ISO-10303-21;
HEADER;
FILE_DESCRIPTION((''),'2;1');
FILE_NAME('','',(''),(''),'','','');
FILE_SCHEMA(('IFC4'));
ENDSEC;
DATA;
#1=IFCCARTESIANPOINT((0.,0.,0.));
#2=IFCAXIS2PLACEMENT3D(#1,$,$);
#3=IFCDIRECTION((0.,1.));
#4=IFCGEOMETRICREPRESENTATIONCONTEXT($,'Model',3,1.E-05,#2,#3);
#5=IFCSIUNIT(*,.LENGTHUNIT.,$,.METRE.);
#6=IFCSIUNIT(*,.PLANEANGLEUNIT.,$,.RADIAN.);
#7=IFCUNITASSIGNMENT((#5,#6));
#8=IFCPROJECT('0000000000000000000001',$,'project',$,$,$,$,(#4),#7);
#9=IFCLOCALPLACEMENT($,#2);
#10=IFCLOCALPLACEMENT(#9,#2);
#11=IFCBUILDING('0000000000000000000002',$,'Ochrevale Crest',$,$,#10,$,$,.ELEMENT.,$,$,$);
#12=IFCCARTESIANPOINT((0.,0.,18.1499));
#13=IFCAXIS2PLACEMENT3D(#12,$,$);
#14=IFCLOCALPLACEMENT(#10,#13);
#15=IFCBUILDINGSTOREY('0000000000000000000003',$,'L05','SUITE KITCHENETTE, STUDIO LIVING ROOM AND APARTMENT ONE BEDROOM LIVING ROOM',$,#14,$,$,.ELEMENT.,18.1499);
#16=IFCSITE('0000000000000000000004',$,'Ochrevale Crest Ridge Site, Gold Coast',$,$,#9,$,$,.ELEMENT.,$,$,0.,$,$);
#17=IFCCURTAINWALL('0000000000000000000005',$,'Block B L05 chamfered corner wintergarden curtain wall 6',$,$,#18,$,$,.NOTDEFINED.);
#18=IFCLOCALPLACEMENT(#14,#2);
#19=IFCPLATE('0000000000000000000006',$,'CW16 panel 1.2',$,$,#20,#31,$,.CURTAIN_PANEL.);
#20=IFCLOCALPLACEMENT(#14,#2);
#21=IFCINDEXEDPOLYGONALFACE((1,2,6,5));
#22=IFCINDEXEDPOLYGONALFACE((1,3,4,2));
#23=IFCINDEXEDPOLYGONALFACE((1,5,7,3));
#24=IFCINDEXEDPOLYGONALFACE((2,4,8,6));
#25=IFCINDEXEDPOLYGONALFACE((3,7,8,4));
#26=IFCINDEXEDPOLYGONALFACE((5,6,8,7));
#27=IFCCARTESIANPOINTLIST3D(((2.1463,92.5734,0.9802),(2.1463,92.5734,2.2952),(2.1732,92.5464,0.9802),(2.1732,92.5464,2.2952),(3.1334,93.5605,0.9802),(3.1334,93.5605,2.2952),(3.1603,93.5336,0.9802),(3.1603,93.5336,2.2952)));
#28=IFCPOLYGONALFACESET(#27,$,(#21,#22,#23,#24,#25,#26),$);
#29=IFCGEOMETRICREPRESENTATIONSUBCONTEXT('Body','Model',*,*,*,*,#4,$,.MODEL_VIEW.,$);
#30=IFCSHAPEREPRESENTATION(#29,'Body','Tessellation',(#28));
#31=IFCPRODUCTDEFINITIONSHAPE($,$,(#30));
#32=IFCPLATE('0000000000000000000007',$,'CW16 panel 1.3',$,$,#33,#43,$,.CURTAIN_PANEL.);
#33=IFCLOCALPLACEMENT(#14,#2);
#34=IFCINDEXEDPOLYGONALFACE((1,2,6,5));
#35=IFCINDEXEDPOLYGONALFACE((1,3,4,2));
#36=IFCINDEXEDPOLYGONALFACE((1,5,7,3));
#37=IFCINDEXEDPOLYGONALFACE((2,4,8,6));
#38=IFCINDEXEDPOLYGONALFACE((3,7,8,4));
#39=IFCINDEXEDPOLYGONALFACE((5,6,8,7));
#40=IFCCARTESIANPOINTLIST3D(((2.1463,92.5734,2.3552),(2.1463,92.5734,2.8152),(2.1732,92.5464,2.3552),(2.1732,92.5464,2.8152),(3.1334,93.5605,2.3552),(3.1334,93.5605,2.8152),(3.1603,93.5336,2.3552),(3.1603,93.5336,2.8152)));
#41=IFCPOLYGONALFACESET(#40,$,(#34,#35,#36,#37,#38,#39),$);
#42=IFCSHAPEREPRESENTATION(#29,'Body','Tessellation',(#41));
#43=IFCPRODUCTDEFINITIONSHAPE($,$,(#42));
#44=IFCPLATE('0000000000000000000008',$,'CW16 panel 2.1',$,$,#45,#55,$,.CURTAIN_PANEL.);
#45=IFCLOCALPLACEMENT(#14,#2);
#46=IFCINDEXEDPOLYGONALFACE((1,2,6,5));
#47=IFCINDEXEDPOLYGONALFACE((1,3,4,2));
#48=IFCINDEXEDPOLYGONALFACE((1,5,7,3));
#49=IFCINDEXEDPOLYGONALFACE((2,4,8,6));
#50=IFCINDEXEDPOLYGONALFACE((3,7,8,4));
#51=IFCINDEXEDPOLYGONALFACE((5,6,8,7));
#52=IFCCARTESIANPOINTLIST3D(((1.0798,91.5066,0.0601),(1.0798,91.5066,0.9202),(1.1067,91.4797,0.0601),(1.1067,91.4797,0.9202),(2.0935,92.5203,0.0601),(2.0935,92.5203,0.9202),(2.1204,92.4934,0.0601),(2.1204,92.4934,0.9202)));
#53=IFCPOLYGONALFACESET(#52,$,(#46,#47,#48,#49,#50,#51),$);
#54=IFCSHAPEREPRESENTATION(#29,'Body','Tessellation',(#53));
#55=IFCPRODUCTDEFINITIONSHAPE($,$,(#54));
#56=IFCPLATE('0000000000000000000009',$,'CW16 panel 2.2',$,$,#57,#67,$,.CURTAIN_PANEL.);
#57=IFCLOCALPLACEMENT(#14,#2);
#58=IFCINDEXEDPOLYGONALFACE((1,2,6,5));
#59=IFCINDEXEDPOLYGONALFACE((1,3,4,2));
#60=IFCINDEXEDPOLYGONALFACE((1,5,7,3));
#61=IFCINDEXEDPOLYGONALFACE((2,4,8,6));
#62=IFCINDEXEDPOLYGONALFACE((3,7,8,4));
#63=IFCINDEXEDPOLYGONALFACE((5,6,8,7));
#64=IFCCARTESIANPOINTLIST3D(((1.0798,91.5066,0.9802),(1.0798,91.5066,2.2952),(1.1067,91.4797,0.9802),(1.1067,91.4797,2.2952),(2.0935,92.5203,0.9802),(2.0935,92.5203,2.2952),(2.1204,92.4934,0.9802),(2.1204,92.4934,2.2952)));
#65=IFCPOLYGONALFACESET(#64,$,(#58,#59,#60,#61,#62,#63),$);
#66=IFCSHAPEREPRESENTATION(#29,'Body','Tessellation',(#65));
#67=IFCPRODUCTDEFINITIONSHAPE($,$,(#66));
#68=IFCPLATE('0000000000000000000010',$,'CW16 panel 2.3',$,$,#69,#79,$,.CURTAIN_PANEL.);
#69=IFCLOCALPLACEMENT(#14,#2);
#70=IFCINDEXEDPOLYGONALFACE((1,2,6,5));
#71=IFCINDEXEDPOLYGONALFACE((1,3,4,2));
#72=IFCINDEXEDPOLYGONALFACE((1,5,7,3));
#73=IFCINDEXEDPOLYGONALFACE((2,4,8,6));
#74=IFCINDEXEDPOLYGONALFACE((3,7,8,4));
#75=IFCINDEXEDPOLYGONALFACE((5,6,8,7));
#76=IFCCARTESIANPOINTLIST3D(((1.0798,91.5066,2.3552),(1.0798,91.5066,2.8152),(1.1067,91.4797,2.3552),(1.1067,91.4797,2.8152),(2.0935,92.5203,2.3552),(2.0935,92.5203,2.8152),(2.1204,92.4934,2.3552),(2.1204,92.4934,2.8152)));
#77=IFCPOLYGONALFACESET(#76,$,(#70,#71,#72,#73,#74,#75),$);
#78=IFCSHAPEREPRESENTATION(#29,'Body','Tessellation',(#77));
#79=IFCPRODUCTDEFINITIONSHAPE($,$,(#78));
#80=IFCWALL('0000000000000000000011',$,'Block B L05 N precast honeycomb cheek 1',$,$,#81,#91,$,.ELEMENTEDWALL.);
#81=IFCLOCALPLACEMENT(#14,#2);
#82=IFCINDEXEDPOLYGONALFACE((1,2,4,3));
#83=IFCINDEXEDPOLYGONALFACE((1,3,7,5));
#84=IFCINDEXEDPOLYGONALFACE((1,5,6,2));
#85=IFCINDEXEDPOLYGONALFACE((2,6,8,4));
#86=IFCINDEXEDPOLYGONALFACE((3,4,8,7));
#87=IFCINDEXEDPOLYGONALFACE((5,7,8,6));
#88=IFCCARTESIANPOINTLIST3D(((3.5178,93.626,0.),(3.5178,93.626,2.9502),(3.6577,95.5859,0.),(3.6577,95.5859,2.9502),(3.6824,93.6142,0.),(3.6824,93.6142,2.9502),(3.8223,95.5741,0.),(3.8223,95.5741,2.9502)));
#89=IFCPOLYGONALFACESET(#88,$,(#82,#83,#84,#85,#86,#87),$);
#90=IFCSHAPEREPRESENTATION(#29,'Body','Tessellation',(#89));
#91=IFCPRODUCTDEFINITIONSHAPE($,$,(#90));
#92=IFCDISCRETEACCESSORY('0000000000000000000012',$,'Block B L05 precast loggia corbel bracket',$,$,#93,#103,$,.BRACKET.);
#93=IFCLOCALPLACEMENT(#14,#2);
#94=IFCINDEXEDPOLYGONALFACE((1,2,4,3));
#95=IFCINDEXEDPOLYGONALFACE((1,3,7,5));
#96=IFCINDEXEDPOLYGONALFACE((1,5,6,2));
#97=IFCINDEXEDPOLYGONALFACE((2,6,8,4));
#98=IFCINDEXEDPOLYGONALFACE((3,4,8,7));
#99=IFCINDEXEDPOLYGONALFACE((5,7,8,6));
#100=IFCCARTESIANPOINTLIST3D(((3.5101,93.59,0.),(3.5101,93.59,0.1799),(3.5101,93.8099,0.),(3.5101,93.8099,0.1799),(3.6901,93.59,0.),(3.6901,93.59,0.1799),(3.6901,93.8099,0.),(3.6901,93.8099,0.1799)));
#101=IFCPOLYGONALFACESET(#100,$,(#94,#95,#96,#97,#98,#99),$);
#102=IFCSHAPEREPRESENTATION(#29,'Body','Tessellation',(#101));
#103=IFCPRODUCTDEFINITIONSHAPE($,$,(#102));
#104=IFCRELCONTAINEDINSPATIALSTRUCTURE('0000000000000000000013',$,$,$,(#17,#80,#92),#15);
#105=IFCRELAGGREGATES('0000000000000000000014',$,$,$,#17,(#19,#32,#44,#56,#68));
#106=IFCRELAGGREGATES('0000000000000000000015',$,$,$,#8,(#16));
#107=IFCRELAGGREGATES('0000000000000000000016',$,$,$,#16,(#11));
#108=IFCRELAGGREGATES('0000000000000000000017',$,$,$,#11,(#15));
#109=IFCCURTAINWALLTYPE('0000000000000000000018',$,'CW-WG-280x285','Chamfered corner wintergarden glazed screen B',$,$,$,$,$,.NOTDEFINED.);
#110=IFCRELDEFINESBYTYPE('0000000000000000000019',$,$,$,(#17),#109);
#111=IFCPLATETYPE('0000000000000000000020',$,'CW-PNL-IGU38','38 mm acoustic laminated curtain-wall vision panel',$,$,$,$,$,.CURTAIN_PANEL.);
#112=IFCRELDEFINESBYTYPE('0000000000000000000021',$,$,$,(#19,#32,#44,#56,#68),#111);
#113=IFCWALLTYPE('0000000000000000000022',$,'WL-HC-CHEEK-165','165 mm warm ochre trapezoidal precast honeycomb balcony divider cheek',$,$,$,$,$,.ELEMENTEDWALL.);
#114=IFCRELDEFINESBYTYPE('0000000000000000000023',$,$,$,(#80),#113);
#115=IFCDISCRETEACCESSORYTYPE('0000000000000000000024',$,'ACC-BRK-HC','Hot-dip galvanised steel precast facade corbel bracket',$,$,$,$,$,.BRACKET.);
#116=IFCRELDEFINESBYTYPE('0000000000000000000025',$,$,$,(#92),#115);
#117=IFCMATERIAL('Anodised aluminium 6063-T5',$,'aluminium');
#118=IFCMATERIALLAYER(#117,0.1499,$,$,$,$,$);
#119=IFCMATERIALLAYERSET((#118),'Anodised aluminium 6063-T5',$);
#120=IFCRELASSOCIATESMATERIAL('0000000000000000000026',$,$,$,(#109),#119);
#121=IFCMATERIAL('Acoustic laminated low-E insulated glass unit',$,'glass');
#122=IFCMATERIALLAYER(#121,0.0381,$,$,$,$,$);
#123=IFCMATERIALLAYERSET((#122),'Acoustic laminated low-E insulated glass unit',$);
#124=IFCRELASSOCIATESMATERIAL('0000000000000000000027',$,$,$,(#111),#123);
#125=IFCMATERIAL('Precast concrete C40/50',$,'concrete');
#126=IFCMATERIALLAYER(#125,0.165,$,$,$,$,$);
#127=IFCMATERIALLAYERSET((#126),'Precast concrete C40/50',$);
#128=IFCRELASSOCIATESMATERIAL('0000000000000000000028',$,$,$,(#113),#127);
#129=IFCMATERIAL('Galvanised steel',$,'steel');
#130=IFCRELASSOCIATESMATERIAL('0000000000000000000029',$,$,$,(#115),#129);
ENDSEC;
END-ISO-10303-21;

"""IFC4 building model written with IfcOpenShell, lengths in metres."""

from ifc_helpers import new_model, si_unit, direction, frame, frame_2d, origin, origin_2d, place, context, subcontext, project, spatial, rectangle, extrude, material, layer, layer_set, type_object, element, aggregate, save


model = new_model("IFC4")

# Units and contexts
model_context = context("Model", 3, precision=1e-05, world=origin(), true_north=direction((0.0, 1.0)))
body_context = subcontext(model_context, "Body", "Model", "MODEL_VIEW")
ifc_project = project(units=[si_unit("LENGTHUNIT", "METRE"), si_unit("PLANEANGLEUNIT", "RADIAN")], contexts=[model_context])

# Site, building, storey
site_placement = place(None, origin())
site = spatial("IfcSite", under=ifc_project, at=site_placement, Name="Ochrevale Crest Ridge Site, Gold Coast", CompositionType="ELEMENT", RefElevation=0.0)
building_placement = place(site_placement, origin())
building = spatial("IfcBuilding", under=site, at=building_placement, Name="Ochrevale Crest", CompositionType="ELEMENT")
storey_placement = place(building_placement, frame((0.0, 0.0, 18.1499)))
storey = spatial("IfcBuildingStorey", under=building, at=storey_placement, Name="L05", Description="SUITE KITCHENETTE, STUDIO LIVING ROOM AND APARTMENT ONE BEDROOM LIVING ROOM", CompositionType="ELEMENT", Elevation=18.1499)

# Curtain wall, plates
ifc_material_1 = material(Name="Anodised aluminium 6063-T5", Category="aluminium")
ifc_layer_1 = layer(ifc_material_1, 0.1499)
ifc_layer_set_1 = layer_set([ifc_layer_1], Name="Anodised aluminium 6063-T5")
curtain_wall_type = type_object("IfcCurtainWallType", Name="CW-WG-280x285", Description="Chamfered corner wintergarden glazed screen B", PredefinedType="NOTDEFINED", material=ifc_layer_set_1)
curtain_wall_placement = place(storey_placement, origin())
curtain_wall = element("IfcCurtainWall", 1, at=curtain_wall_placement, inside=storey, type_object=curtain_wall_type, Name="Block B L05 chamfered corner wintergarden curtain wall 6", PredefinedType="NOTDEFINED")
ifc_material_2 = material(Name="Acoustic laminated low-E insulated glass unit", Category="glass")
ifc_layer_2 = layer(ifc_material_2, 0.0381)
ifc_layer_set_2 = layer_set([ifc_layer_2], Name="Acoustic laminated low-E insulated glass unit")
plate_type = type_object("IfcPlateType", Name="CW-PNL-IGU38", Description="38 mm acoustic laminated curtain-wall vision panel", PredefinedType="CURTAIN_PANEL", material=ifc_layer_set_2)
plate_1_placement = place(storey_placement, frame((2.6533, 93.0535, 0.9802), z_axis=(0.0, 0.0, 1.0), x_axis=(-0.707107, -0.707107, 0.0)))
plate_1 = element("IfcPlate", 2, at=plate_1_placement, type_object=plate_type, Name="CW16 panel 1.2", PredefinedType="CURTAIN_PANEL", context=body_context, shape_type="SweptSolid", body=[
    extrude(rectangle(XDim=1.396, YDim=0.0381, at=origin_2d()), origin(), (0.0, 0.0, 1.0), 1.3149),
])
plate_2_placement = place(storey_placement, frame((2.6533, 93.0535, 2.3552), z_axis=(0.0, 0.0, 1.0), x_axis=(-0.707107, -0.707107, 0.0)))
plate_2 = element("IfcPlate", 3, at=plate_2_placement, type_object=plate_type, Name="CW16 panel 1.3", PredefinedType="CURTAIN_PANEL", context=body_context, shape_type="SweptSolid", body=[
    extrude(rectangle(XDim=1.396, YDim=0.0381, at=origin_2d()), origin(), (0.0, 0.0, 1.0), 0.46),
])
plate_3_placement = place(storey_placement, frame((1.6001, 92.0, 0.0601), z_axis=(0.0, 0.0, 1.0), x_axis=(-0.707107, -0.707107, 0.0)))
plate_3 = element("IfcPlate", 4, at=plate_3_placement, type_object=plate_type, Name="CW16 panel 2.1", PredefinedType="CURTAIN_PANEL", context=body_context, shape_type="SweptSolid", body=[
    extrude(rectangle(XDim=1.4336, YDim=0.0381, at=origin_2d()), origin(), (0.0, 0.0, 1.0), 0.8601),
])
plate_4_placement = place(storey_placement, frame((1.6001, 92.0, 0.9802), z_axis=(0.0, 0.0, 1.0), x_axis=(-0.707107, -0.707107, 0.0)))
plate_4 = element("IfcPlate", 5, at=plate_4_placement, type_object=plate_type, Name="CW16 panel 2.2", PredefinedType="CURTAIN_PANEL", context=body_context, shape_type="SweptSolid", body=[
    extrude(rectangle(XDim=1.4336, YDim=0.0381, at=origin_2d()), origin(), (0.0, 0.0, 1.0), 1.3149),
])
plate_5_placement = place(storey_placement, frame((1.6001, 92.0, 2.3552), z_axis=(0.0, 0.0, 1.0), x_axis=(-0.707107, -0.707107, 0.0)))
plate_5 = element("IfcPlate", 6, at=plate_5_placement, type_object=plate_type, Name="CW16 panel 2.3", PredefinedType="CURTAIN_PANEL", context=body_context, shape_type="SweptSolid", body=[
    extrude(rectangle(XDim=1.4336, YDim=0.0381, at=origin_2d()), origin(), (0.0, 0.0, 1.0), 0.46),
])
aggregate(curtain_wall, [plate_1, plate_2, plate_3, plate_4, plate_5])

# Wall
ifc_material_3 = material(Name="Precast concrete C40/50", Category="concrete")
ifc_layer_3 = layer(ifc_material_3, 0.165)
ifc_layer_set_3 = layer_set([ifc_layer_3], Name="Precast concrete C40/50")
wall_type = type_object("IfcWallType", Name="WL-HC-CHEEK-165", Description="165 mm warm ochre trapezoidal precast honeycomb balcony divider cheek", PredefinedType="ELEMENTEDWALL", material=ifc_layer_set_3)
wall_placement = place(storey_placement, frame((3.6001, 93.6201, 0.0), z_axis=(0.0, 0.0, 1.0), x_axis=(0.071194, 0.997462, 0.0)))
element("IfcWall", 7, at=wall_placement, inside=storey, type_object=wall_type, Name="Block B L05 N precast honeycomb cheek 1", PredefinedType="ELEMENTEDWALL", context=body_context, shape_type="SweptSolid", body=[
    extrude(rectangle(XDim=1.9648, YDim=0.165, at=frame_2d((0.9824, 0.0))), origin(), (0.0, 0.0, 1.0), 2.9502),
])

# Discrete accessory
ifc_material_4 = material(Name="Galvanised steel", Category="steel")
discrete_accessory_type = type_object("IfcDiscreteAccessoryType", Name="ACC-BRK-HC", Description="Hot-dip galvanised steel precast facade corbel bracket", PredefinedType="BRACKET", material=ifc_material_4)
discrete_accessory_placement = place(storey_placement, frame((3.6001, 93.7, 0.0), z_axis=(0.0, 0.0, 1.0), x_axis=(1.0, 0.0, 0.0)))
element("IfcDiscreteAccessory", 8, at=discrete_accessory_placement, inside=storey, type_object=discrete_accessory_type, Name="Block B L05 precast loggia corbel bracket", PredefinedType="BRACKET", context=body_context, shape_type="SweptSolid", body=[
    extrude(rectangle(XDim=0.1799, YDim=0.22, at=origin_2d()), origin(), (0.0, 0.0, 1.0), 0.1799),
])

save(model, "model.ifc")
